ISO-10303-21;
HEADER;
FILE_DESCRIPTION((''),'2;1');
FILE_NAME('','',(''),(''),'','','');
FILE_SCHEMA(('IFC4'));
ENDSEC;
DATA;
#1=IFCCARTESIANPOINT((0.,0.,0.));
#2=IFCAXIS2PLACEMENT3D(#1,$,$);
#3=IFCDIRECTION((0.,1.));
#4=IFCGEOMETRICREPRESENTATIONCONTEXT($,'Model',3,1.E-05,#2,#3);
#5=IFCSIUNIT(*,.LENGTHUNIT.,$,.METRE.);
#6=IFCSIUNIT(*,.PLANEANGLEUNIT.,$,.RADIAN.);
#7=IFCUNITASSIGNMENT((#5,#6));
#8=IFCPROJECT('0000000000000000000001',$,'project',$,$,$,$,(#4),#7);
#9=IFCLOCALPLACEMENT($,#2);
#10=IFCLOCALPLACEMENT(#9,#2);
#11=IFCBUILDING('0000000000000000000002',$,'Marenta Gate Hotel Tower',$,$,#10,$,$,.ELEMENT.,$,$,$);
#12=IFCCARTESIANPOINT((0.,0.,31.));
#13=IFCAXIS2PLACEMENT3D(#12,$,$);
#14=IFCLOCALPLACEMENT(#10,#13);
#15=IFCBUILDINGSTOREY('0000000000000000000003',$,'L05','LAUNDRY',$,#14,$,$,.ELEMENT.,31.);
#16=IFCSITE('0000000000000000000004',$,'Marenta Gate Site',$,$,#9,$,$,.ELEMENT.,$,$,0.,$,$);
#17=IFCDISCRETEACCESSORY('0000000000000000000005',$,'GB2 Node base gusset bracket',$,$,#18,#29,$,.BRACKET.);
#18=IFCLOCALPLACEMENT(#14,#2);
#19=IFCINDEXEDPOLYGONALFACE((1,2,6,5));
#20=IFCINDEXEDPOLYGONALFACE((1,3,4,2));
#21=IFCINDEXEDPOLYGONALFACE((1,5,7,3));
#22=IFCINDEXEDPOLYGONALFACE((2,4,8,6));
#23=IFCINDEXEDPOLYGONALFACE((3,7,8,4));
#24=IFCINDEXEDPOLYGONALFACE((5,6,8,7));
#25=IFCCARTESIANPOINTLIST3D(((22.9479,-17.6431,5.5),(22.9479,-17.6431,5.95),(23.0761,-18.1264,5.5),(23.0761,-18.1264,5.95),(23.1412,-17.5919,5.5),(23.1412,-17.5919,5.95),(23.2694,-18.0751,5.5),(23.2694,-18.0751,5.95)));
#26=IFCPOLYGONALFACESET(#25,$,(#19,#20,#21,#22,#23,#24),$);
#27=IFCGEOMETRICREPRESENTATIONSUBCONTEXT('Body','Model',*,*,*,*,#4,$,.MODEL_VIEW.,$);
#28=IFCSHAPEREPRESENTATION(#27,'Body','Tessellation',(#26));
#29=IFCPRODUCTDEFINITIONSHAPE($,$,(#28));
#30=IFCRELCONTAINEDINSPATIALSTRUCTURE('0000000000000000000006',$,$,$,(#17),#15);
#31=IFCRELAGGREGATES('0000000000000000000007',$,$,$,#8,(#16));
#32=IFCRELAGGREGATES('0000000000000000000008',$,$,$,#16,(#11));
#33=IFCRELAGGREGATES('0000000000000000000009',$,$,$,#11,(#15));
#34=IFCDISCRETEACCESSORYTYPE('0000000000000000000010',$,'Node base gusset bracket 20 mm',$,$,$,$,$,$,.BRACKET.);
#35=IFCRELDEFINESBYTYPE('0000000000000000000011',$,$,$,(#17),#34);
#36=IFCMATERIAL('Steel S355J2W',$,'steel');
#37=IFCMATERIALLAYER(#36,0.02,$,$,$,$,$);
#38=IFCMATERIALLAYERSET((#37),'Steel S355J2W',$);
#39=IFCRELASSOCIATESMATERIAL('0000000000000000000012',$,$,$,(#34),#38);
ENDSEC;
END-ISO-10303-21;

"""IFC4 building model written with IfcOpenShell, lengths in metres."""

from ifc_helpers import new_model, si_unit, direction, frame, origin, origin_2d, place, context, subcontext, project, spatial, rectangle, extrude, material, layer, layer_set, type_object, element, save


model = new_model("IFC4")

# Units and contexts
model_context = context("Model", 3, precision=1e-05, world=origin(), true_north=direction((0.0, 1.0)))
body_context = subcontext(model_context, "Body", "Model", "MODEL_VIEW")
ifc_project = project(units=[si_unit("LENGTHUNIT", "METRE"), si_unit("PLANEANGLEUNIT", "RADIAN")], contexts=[model_context])

# Site, building, storey
site_placement = place(None, origin())
site = spatial("IfcSite", under=ifc_project, at=site_placement, Name="Marenta Gate Site", CompositionType="ELEMENT", RefElevation=0.0)
building_placement = place(site_placement, origin())
building = spatial("IfcBuilding", under=site, at=building_placement, Name="Marenta Gate Hotel Tower", CompositionType="ELEMENT")
storey_placement = place(building_placement, frame((0.0, 0.0, 31.0)))
storey = spatial("IfcBuildingStorey", under=building, at=storey_placement, Name="L05", Description="LAUNDRY", CompositionType="ELEMENT", Elevation=31.0)

# Discrete accessory
ifc_material_1 = material(Name="Steel S355J2W", Category="steel")
ifc_layer_1 = layer(ifc_material_1, 0.02)
ifc_layer_set_1 = layer_set([ifc_layer_1], Name="Steel S355J2W")
discrete_accessory_type_1 = type_object("IfcDiscreteAccessoryType", Name="Node base gusset bracket 20 mm", PredefinedType="BRACKET", material=ifc_layer_set_1)
for number, where, z_axis, x_axis, name in (
    (1, (23.1086, -17.8591, 5.5), (0.0, 0.0, 1.0), (-0.966562, -0.256434, 0.0), "GB2 Node base gusset bracket"),
):
    element("IfcDiscreteAccessory", number, at=place(storey_placement, frame(where, z_axis=z_axis, x_axis=x_axis)), inside=storey, type_object=discrete_accessory_type_1, Name=name, PredefinedType="BRACKET", context=body_context, shape_type="SweptSolid", body=[
        extrude(rectangle(XDim=0.2, YDim=0.5, at=origin_2d()), origin(), (0.0, 0.0, 1.0), 0.45),
    ])

save(model, "model.ifc")
